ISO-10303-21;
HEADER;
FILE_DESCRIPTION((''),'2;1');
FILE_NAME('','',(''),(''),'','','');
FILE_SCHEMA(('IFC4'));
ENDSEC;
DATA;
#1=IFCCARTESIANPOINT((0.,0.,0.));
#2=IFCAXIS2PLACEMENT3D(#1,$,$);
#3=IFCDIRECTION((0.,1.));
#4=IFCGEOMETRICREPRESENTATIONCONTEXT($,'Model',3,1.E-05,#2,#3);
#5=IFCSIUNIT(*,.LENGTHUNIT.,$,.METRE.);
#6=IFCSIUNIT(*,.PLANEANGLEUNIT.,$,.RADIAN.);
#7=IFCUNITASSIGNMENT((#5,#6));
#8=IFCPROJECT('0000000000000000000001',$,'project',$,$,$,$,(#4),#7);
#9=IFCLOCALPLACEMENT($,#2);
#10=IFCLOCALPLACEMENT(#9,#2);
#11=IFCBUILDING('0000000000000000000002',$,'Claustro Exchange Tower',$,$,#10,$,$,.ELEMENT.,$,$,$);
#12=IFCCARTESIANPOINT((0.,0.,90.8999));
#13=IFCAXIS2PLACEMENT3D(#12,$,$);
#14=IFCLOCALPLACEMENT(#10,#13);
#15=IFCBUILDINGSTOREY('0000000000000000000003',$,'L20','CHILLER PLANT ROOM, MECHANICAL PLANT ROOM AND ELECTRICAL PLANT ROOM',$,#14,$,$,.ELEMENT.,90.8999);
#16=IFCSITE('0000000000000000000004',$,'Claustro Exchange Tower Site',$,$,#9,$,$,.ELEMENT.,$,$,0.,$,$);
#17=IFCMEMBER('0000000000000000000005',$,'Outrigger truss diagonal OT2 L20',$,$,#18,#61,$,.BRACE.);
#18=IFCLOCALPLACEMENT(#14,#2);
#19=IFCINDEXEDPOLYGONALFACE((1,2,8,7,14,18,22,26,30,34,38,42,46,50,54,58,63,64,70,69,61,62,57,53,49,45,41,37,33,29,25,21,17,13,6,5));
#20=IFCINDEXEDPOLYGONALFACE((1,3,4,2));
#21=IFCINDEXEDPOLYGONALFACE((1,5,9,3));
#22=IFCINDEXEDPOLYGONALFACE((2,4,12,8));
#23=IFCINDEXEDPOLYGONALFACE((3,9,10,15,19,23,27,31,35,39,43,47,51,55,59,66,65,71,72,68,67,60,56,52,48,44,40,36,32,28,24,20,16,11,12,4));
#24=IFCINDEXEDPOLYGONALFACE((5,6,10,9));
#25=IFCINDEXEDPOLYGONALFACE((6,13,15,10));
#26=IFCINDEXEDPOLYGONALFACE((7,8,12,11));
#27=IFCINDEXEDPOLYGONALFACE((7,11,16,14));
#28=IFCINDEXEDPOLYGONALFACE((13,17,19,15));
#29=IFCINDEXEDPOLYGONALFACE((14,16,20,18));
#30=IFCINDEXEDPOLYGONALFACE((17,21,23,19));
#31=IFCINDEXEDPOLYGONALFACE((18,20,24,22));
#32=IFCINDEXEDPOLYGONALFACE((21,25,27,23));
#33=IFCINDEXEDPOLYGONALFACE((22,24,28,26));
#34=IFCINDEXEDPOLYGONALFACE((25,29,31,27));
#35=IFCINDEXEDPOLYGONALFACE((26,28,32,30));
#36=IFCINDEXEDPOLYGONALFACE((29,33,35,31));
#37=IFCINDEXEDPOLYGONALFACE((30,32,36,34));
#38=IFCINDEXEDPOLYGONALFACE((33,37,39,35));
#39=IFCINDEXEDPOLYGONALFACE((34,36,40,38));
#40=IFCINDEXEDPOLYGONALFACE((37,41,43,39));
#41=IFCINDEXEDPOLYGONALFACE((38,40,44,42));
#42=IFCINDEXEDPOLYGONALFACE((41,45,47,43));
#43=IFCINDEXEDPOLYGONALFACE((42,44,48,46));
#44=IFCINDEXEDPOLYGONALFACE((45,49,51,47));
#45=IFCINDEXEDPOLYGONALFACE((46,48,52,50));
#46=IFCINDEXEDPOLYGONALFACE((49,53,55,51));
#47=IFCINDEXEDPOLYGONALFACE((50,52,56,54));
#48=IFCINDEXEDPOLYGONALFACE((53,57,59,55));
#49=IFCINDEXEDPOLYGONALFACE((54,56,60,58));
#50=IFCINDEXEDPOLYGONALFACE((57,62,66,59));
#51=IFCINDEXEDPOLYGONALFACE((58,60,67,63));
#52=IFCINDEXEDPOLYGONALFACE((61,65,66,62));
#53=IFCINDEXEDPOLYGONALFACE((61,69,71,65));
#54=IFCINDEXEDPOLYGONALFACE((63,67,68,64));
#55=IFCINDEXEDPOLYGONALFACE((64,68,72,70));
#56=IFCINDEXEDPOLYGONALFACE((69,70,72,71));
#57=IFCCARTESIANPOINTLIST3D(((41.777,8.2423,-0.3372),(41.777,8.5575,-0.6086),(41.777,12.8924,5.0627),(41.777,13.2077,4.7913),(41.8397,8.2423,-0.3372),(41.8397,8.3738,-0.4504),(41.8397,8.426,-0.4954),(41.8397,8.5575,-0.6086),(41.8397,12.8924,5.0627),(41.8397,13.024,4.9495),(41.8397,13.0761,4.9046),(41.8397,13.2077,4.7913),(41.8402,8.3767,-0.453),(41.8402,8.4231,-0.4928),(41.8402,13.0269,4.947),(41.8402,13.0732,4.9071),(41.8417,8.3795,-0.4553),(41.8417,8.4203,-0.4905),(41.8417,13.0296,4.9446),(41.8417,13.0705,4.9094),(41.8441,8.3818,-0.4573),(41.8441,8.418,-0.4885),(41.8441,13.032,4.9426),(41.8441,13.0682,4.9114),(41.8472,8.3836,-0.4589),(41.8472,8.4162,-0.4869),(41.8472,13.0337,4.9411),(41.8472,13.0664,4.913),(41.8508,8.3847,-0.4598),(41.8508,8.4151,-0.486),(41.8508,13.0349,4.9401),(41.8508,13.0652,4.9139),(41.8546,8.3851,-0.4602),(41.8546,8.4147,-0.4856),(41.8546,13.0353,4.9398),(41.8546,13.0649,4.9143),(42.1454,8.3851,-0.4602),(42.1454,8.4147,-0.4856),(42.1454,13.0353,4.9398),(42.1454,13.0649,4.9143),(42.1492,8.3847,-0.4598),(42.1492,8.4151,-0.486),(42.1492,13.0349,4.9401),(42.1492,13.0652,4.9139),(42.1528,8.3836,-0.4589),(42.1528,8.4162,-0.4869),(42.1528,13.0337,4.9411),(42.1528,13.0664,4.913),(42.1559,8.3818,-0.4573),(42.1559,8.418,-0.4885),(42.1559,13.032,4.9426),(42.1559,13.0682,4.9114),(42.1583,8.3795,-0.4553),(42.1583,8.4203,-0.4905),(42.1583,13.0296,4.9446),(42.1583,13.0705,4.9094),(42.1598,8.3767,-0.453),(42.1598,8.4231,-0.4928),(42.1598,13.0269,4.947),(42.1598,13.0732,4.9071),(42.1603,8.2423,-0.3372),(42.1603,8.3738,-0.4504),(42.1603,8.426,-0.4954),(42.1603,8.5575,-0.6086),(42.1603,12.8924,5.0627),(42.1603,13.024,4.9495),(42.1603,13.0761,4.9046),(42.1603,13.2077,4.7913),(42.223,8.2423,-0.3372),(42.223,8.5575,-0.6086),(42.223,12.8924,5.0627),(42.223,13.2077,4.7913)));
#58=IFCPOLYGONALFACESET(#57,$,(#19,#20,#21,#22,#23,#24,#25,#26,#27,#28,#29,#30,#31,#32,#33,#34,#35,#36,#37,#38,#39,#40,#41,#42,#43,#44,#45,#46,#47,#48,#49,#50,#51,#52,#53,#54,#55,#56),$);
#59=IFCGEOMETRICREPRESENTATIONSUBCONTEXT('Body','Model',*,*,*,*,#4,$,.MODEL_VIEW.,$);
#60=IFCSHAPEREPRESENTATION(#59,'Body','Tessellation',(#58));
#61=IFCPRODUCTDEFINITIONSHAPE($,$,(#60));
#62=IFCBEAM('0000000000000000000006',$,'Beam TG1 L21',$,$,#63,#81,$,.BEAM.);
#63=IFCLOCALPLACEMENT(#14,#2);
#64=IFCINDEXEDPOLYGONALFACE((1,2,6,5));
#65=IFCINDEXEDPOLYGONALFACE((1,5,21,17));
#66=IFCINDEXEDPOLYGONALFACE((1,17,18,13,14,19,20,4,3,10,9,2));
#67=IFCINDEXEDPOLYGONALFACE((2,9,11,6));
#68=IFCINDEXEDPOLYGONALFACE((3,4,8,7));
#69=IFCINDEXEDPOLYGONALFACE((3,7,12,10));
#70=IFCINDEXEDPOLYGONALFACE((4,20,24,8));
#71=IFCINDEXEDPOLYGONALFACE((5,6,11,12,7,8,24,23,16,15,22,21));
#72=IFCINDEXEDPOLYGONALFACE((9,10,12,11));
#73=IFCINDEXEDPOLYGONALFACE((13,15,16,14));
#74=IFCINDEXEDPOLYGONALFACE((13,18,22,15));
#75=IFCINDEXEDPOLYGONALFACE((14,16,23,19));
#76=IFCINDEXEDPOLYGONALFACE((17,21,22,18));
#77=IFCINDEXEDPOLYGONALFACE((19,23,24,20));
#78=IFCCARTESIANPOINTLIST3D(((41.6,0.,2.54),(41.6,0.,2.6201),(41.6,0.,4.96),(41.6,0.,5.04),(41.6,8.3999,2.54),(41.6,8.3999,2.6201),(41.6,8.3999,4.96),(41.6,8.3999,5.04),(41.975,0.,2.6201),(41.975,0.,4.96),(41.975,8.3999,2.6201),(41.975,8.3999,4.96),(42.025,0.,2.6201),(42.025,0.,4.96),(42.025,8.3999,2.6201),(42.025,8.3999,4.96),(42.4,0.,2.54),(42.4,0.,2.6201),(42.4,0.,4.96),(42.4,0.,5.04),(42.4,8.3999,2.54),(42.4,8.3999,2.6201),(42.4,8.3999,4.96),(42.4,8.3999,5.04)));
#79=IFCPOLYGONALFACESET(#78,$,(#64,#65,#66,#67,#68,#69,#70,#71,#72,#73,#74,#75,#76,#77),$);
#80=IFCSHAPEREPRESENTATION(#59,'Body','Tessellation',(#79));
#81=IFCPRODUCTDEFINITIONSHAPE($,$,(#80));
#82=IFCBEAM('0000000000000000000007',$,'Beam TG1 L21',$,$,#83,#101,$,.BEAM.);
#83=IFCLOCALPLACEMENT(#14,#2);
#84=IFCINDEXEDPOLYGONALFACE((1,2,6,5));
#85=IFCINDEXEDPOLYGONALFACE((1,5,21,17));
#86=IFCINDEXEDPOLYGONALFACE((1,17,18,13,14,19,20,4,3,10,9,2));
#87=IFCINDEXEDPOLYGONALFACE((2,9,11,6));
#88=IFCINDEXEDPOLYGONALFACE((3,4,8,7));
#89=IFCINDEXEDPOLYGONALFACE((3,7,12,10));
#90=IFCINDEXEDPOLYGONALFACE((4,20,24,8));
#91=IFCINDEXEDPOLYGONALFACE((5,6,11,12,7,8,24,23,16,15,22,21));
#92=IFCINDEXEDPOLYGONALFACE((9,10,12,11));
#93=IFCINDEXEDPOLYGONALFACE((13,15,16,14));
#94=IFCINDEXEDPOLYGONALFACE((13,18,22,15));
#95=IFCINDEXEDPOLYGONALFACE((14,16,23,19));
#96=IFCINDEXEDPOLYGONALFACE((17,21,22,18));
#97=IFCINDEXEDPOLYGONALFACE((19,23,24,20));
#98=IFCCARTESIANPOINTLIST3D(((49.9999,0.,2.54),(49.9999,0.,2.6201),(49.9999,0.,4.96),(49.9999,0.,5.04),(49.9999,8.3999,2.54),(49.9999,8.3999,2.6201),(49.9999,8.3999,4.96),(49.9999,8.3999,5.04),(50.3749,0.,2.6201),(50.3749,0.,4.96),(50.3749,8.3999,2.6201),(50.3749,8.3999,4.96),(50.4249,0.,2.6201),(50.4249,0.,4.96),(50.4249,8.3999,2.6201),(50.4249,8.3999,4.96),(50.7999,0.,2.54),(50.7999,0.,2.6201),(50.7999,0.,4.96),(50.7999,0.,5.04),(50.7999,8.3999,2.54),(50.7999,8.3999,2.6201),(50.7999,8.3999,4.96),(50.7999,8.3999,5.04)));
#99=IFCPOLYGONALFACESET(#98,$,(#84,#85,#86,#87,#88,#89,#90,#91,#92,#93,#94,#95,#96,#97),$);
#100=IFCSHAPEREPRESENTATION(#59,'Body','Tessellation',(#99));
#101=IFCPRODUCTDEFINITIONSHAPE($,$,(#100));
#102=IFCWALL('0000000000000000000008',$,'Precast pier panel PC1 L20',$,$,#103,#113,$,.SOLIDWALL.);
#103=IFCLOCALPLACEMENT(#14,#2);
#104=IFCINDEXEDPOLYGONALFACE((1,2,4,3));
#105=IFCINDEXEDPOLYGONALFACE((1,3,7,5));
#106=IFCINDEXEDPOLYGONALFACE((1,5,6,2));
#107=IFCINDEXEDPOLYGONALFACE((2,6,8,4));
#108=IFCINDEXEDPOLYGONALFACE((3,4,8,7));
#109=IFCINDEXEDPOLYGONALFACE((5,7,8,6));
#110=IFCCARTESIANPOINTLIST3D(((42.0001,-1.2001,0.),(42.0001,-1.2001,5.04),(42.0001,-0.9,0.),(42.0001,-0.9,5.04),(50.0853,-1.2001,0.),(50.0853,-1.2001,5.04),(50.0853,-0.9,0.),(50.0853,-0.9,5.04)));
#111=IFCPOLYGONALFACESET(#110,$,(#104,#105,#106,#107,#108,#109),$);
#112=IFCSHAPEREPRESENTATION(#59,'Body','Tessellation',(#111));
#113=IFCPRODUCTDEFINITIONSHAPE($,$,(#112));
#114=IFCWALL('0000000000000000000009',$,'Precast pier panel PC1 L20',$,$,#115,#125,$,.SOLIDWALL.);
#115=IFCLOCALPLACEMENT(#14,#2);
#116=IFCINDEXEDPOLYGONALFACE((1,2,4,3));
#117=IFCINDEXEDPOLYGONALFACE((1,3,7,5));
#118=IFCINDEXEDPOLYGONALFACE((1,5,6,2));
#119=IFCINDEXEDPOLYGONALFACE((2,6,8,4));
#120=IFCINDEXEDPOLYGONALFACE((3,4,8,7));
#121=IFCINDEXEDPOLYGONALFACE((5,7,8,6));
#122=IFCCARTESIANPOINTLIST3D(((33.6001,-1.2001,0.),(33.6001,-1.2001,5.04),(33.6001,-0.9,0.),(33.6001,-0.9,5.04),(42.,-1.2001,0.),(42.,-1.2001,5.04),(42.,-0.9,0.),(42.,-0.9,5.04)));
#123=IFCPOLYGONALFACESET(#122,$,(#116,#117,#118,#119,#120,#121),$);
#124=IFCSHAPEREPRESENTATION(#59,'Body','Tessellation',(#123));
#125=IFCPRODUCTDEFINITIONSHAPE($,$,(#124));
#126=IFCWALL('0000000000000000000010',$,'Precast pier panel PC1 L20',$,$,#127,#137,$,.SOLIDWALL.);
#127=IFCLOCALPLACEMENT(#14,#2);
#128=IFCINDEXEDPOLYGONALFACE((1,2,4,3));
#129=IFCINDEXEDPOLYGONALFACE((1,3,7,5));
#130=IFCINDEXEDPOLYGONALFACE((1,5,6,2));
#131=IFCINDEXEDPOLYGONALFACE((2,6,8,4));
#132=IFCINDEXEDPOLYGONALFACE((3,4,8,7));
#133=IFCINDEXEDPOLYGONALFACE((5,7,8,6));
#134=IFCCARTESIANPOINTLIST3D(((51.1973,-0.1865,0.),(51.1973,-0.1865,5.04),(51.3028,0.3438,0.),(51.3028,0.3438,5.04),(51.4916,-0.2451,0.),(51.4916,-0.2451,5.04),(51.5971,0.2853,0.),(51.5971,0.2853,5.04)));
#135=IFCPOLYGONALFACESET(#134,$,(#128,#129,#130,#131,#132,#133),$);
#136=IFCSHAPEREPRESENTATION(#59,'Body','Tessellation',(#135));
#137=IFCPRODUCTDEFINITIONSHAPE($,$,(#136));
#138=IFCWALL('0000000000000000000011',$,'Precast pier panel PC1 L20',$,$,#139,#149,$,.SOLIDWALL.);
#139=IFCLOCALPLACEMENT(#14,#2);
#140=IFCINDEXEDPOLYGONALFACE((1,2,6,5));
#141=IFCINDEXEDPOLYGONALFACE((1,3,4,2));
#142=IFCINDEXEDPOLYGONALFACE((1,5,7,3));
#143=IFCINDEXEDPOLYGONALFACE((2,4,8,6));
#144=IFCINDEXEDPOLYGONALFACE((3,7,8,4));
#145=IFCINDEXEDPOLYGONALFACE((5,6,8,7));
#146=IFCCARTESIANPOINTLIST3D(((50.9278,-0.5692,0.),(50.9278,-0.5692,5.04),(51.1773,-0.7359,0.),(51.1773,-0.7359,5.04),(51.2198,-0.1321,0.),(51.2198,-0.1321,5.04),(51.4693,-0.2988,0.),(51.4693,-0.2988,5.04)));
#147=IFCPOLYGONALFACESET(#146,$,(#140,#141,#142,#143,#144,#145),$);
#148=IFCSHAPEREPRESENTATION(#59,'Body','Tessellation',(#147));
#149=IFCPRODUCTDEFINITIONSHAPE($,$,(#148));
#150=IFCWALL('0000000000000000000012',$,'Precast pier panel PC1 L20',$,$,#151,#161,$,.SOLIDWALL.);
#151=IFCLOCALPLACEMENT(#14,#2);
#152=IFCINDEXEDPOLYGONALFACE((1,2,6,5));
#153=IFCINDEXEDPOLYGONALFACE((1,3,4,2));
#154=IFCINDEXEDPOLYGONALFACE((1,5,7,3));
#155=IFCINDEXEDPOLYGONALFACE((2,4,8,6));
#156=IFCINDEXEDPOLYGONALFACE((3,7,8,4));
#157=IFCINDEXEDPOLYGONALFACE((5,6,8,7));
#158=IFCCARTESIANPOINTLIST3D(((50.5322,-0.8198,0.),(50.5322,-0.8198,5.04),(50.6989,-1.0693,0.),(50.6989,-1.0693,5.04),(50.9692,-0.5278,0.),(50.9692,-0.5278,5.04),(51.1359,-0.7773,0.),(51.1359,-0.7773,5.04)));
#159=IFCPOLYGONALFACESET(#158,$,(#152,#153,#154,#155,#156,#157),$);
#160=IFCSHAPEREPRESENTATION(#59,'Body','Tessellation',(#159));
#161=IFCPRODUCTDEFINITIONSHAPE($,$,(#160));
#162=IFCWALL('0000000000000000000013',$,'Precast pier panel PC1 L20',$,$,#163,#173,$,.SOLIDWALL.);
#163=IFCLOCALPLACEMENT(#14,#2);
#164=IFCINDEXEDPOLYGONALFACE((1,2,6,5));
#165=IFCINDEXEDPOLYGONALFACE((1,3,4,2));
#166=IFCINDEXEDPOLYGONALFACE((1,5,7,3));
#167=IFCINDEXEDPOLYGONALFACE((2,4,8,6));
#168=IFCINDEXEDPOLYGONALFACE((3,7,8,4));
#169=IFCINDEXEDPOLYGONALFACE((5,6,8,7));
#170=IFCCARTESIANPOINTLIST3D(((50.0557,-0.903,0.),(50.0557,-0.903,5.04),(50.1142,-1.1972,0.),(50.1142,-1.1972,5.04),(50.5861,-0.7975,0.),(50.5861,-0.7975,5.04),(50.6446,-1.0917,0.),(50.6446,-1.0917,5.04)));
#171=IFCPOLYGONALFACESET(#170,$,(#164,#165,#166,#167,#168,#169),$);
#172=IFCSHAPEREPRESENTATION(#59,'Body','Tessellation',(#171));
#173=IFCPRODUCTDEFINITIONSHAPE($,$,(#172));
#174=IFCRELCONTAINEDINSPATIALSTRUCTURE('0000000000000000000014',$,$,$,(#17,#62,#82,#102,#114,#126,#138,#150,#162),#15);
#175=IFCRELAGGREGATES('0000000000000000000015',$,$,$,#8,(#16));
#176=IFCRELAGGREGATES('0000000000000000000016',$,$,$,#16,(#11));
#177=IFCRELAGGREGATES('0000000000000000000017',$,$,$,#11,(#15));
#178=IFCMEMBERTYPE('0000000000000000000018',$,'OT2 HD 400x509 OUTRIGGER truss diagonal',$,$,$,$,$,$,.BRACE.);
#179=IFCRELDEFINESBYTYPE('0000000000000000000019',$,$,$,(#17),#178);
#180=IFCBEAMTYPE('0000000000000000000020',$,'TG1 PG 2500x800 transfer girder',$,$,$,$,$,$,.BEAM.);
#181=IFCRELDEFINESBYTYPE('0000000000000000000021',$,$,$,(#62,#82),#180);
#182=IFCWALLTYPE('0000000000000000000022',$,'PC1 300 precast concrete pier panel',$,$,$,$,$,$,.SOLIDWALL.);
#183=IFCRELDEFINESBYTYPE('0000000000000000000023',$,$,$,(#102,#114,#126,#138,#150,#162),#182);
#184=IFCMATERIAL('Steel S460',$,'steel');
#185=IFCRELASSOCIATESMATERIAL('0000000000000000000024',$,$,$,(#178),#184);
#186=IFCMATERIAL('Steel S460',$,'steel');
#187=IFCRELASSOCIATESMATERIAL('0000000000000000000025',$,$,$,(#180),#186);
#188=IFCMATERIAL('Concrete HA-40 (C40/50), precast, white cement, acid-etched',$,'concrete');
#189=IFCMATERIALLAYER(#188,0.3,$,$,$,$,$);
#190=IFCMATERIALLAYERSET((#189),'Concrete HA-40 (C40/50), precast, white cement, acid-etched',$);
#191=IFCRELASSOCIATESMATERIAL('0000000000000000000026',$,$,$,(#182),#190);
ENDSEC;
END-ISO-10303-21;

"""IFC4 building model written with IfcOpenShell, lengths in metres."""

from ifc_helpers import new_model, si_unit, direction, frame, frame_2d, origin, origin_2d, place, context, subcontext, project, spatial, rectangle, i_section, extrude, material, layer, layer_set, material_profile, profile_set, type_object, element, save


model = new_model("IFC4")

# Units and contexts
model_context = context("Model", 3, precision=1e-05, world=origin(), true_north=direction((0.0, 1.0)))
body_context = subcontext(model_context, "Body", "Model", "MODEL_VIEW")
ifc_project = project(units=[si_unit("LENGTHUNIT", "METRE"), si_unit("PLANEANGLEUNIT", "RADIAN")], contexts=[model_context])

# Site, building, storey
site_placement = place(None, origin())
site = spatial("IfcSite", under=ifc_project, at=site_placement, Name="Claustro Exchange Tower Site", CompositionType="ELEMENT", RefElevation=0.0)
building_placement = place(site_placement, origin())
building = spatial("IfcBuilding", under=site, at=building_placement, Name="Claustro Exchange Tower", CompositionType="ELEMENT")
storey_placement = place(building_placement, frame((0.0, 0.0, 90.8999)))
storey = spatial("IfcBuildingStorey", under=building, at=storey_placement, Name="L20", Description="CHILLER PLANT ROOM, MECHANICAL PLANT ROOM AND ELECTRICAL PLANT ROOM", CompositionType="ELEMENT", Elevation=90.8999)

# Member
ifc_material_1 = material(Name="Steel S460", Category="steel")
ifc_material_profile_1 = material_profile(ifc_material_1, i_section(OverallWidth=0.416, OverallDepth=0.446, WebThickness=0.0391, FlangeThickness=0.0627, FilletRadius=0.0149, at=origin_2d()), Name="HD 400x509")
ifc_profile_set_1 = profile_set([ifc_material_profile_1], Name="Steel S460")
member_type_1 = type_object("IfcMemberType", Name="OT2 HD 400x509 OUTRIGGER truss diagonal", PredefinedType="BRACE", material=ifc_profile_set_1)
member_1_placement = place(storey_placement, frame((42.0, 8.3999, -0.4729), z_axis=(0.0, 0.652542, 0.757753), x_axis=(0.0, -0.757753, 0.652542)))
element("IfcMember", 1, at=member_1_placement, inside=storey, type_object=member_type_1, Name="Outrigger truss diagonal OT2 L20", PredefinedType="BRACE", context=body_context, shape_type="SweptSolid", body=[
    extrude(i_section(OverallWidth=0.416, OverallDepth=0.446, WebThickness=0.0391, FlangeThickness=0.0627, FilletRadius=0.0149, at=origin_2d()), origin(), (0.0, 0.0, 1.0), 7.1262),
])

# Beams
ifc_material_2 = material(Name="Steel S460", Category="steel")
ifc_material_profile_2 = material_profile(ifc_material_2, i_section(OverallWidth=0.8, OverallDepth=2.5, WebThickness=0.05, FlangeThickness=0.0801, at=origin_2d()), Name="PG 2500x800")
ifc_profile_set_2 = profile_set([ifc_material_profile_2], Name="Steel S460")
beam_type_1 = type_object("IfcBeamType", Name="TG1 PG 2500x800 transfer girder", PredefinedType="BEAM", material=ifc_profile_set_2)
for number, where, z_axis, x_axis, name in (
    (2, (42.0, 0.0, 3.79), (0.0, 1.0, 0.0), (-1.0, 0.0, 0.0), "Beam TG1 L21"),
    (3, (50.3999, 0.0, 3.79), (0.0, 1.0, 0.0), (-1.0, 0.0, 0.0), "Beam TG1 L21"),
):
    element("IfcBeam", number, at=place(storey_placement, frame(where, z_axis=z_axis, x_axis=x_axis)), inside=storey, type_object=beam_type_1, Name=name, PredefinedType="BEAM", context=body_context, shape_type="SweptSolid", body=[
        extrude(i_section(OverallWidth=0.8, OverallDepth=2.5, WebThickness=0.05, FlangeThickness=0.0801, at=origin_2d()), origin(), (0.0, 0.0, 1.0), 8.3999),
    ])

# Walls
ifc_material_3 = material(Name="Concrete HA-40 (C40/50), precast, white cement, acid-etched", Category="concrete")
ifc_layer = layer(ifc_material_3, 0.3)
ifc_layer_set = layer_set([ifc_layer], Name="Concrete HA-40 (C40/50), precast, white cement, acid-etched")
wall_type = type_object("IfcWallType", Name="PC1 300 precast concrete pier panel", PredefinedType="SOLIDWALL", material=ifc_layer_set)
wall_1_placement = place(storey_placement, frame((50.0852, -1.05, 0.0), z_axis=(0.0, 0.0, 1.0), x_axis=(-1.0, 0.0, 0.0)))
element("IfcWall", 4, at=wall_1_placement, inside=storey, type_object=wall_type, Name="Precast pier panel PC1 L20", PredefinedType="SOLIDWALL", context=body_context, shape_type="SweptSolid", body=[
    extrude(rectangle(XDim=8.0852, YDim=0.3, at=frame_2d((4.0425, 0.0))), origin(), (0.0, 0.0, 1.0), 5.04),
])
wall_2_placement = place(storey_placement, frame((42.0, -1.05, 0.0), z_axis=(0.0, 0.0, 1.0), x_axis=(-1.0, 0.0, 0.0)))
element("IfcWall", 5, at=wall_2_placement, inside=storey, type_object=wall_type, Name="Precast pier panel PC1 L20", PredefinedType="SOLIDWALL", context=body_context, shape_type="SweptSolid", body=[
    extrude(rectangle(XDim=8.3999, YDim=0.3, at=frame_2d((4.2, 0.0))), origin(), (0.0, 0.0, 1.0), 5.04),
])
wall_3_placement = place(storey_placement, frame((51.45, 0.3147, 0.0), z_axis=(0.0, 0.0, 1.0), x_axis=(-0.195074, -0.980789, 0.0)))
element("IfcWall", 6, at=wall_3_placement, inside=storey, type_object=wall_type, Name="Precast pier panel PC1 L20", PredefinedType="SOLIDWALL", context=body_context, shape_type="SweptSolid", body=[
    extrude(rectangle(XDim=0.5408, YDim=0.3, at=frame_2d((0.2705, 0.0))), origin(), (0.0, 0.0, 1.0), 5.04),
])
for number, where, z_axis, x_axis, name in (
    (7, (51.3445, -0.2156, 0.0), (0.0, 0.0, 1.0), (-0.555557, -0.831478, 0.0), "Precast pier panel PC1 L20"),
    (8, (51.0525, -0.6526, 0.0), (0.0, 0.0, 1.0), (-0.831478, -0.555557, 0.0), "Precast pier panel PC1 L20"),
):
    element("IfcWall", number, at=place(storey_placement, frame(where, z_axis=z_axis, x_axis=x_axis)), inside=storey, type_object=wall_type, Name=name, PredefinedType="SOLIDWALL", context=body_context, shape_type="SweptSolid", body=[
        extrude(rectangle(XDim=0.5256, YDim=0.3, at=frame_2d((0.2627, 0.0))), origin(), (0.0, 0.0, 1.0), 5.04),
    ])
wall_4_placement = place(storey_placement, frame((50.6155, -0.9446, 0.0), z_axis=(0.0, 0.0, 1.0), x_axis=(-0.980789, -0.195074, 0.0)))
element("IfcWall", 9, at=wall_4_placement, inside=storey, type_object=wall_type, Name="Precast pier panel PC1 L20", PredefinedType="SOLIDWALL", context=body_context, shape_type="SweptSolid", body=[
    extrude(rectangle(XDim=0.5408, YDim=0.3, at=frame_2d((0.2705, 0.0))), origin(), (0.0, 0.0, 1.0), 5.04),
])

save(model, "model.ifc")
